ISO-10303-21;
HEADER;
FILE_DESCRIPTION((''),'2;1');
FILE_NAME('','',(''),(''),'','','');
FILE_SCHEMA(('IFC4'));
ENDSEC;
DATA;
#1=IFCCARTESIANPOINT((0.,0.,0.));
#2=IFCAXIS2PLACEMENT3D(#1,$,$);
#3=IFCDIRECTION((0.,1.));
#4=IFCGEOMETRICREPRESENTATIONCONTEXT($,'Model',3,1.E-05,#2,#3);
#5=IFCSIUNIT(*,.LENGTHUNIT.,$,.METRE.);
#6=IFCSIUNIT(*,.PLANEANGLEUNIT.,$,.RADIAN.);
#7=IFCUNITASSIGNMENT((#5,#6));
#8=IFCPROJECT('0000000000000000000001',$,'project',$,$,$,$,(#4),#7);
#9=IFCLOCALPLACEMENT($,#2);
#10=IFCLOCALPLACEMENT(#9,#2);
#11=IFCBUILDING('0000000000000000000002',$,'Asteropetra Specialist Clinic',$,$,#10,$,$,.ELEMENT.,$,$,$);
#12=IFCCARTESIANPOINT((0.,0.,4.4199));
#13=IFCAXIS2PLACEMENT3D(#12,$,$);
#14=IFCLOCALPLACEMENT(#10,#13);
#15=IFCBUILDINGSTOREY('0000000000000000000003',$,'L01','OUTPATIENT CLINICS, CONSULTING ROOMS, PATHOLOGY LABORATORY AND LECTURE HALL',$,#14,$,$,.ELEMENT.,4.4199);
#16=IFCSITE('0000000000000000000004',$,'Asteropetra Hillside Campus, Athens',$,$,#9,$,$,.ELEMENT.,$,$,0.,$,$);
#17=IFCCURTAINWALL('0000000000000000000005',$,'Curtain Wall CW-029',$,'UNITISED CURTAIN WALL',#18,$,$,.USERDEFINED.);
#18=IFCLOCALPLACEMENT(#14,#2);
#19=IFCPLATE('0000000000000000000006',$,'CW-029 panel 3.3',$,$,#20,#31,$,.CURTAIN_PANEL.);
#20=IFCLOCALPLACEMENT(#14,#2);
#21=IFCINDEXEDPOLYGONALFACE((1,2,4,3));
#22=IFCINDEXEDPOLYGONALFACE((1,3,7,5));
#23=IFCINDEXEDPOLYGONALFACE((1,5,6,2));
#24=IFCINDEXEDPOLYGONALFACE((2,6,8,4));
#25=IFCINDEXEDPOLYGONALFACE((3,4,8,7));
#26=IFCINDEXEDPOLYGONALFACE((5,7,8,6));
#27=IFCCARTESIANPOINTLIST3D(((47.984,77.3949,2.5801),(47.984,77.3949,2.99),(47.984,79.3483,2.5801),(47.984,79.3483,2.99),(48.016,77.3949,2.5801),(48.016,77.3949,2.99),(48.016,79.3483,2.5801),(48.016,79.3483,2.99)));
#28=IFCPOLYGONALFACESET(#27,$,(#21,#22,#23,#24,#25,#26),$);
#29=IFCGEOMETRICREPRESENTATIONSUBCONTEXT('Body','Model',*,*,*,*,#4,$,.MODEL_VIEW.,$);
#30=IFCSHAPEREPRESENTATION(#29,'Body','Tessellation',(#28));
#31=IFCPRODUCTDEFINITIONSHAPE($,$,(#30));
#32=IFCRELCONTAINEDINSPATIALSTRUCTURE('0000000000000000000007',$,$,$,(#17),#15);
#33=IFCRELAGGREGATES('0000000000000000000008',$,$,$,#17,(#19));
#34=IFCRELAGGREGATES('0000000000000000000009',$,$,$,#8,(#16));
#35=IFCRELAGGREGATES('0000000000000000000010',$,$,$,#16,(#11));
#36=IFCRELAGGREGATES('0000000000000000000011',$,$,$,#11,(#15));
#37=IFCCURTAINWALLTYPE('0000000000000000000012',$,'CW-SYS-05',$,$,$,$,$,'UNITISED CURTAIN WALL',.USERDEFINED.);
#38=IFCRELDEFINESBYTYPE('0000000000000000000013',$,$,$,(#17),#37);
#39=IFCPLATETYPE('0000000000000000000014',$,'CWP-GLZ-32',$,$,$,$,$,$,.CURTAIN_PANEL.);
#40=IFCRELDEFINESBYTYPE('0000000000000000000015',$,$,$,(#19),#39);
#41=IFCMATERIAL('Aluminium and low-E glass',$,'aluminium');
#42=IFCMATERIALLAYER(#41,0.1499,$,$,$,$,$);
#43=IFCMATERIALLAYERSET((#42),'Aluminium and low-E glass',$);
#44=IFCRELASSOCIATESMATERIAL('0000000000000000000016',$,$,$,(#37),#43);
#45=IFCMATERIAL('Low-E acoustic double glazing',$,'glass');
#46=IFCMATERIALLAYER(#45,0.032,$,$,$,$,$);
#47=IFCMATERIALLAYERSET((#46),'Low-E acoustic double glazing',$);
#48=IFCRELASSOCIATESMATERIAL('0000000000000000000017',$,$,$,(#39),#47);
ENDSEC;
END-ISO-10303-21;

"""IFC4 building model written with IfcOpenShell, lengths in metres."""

from ifc_helpers import new_model, si_unit, direction, frame, origin, origin_2d, place, context, subcontext, project, spatial, rectangle, extrude, material, layer, layer_set, type_object, element, aggregate, save


model = new_model("IFC4")

# Units and contexts
model_context = context("Model", 3, precision=1e-05, world=origin(), true_north=direction((0.0, 1.0)))
body_context = subcontext(model_context, "Body", "Model", "MODEL_VIEW")
ifc_project = project(units=[si_unit("LENGTHUNIT", "METRE"), si_unit("PLANEANGLEUNIT", "RADIAN")], contexts=[model_context])

# Site, building, storey
site_placement = place(None, origin())
site = spatial("IfcSite", under=ifc_project, at=site_placement, Name="Asteropetra Hillside Campus, Athens", CompositionType="ELEMENT", RefElevation=0.0)
building_placement = place(site_placement, origin())
building = spatial("IfcBuilding", under=site, at=building_placement, Name="Asteropetra Specialist Clinic", CompositionType="ELEMENT")
storey_placement = place(building_placement, frame((0.0, 0.0, 4.4199)))
storey = spatial("IfcBuildingStorey", under=building, at=storey_placement, Name="L01", Description="OUTPATIENT CLINICS, CONSULTING ROOMS, PATHOLOGY LABORATORY AND LECTURE HALL", CompositionType="ELEMENT", Elevation=4.4199)

# Curtain wall
ifc_material_1 = material(Name="Aluminium and low-E glass", Category="aluminium")
ifc_layer_1 = layer(ifc_material_1, 0.1499)
ifc_layer_set_1 = layer_set([ifc_layer_1], Name="Aluminium and low-E glass")
curtain_wall_type_1 = type_object("IfcCurtainWallType", Name="CW-SYS-05", ElementType="UNITISED CURTAIN WALL", PredefinedType="USERDEFINED", material=ifc_layer_set_1)
curtain_wall_1_placement = place(storey_placement, origin())
curtain_wall_1 = element("IfcCurtainWall", 1, at=curtain_wall_1_placement, inside=storey, type_object=curtain_wall_type_1, Name="Curtain Wall CW-029", ObjectType="UNITISED CURTAIN WALL", PredefinedType="USERDEFINED")

# Plate
ifc_material_2 = material(Name="Low-E acoustic double glazing", Category="glass")
ifc_layer_2 = layer(ifc_material_2, 0.032)
ifc_layer_set_2 = layer_set([ifc_layer_2], Name="Low-E acoustic double glazing")
plate_type = type_object("IfcPlateType", Name="CWP-GLZ-32", PredefinedType="CURTAIN_PANEL", material=ifc_layer_set_2)
plate_1_placement = place(storey_placement, frame((48.0, 78.3716, 2.5801), z_axis=(0.0, 0.0, 1.0), x_axis=(0.0, -1.0, 0.0)))
plate_1 = element("IfcPlate", 2, at=plate_1_placement, type_object=plate_type, Name="CW-029 panel 3.3", PredefinedType="CURTAIN_PANEL", context=body_context, shape_type="SweptSolid", body=[
    extrude(rectangle(XDim=1.9534, YDim=0.032, at=origin_2d()), origin(), (0.0, 0.0, 1.0), 0.4099),
])
aggregate(curtain_wall_1, [plate_1])

save(model, "model.ifc")
